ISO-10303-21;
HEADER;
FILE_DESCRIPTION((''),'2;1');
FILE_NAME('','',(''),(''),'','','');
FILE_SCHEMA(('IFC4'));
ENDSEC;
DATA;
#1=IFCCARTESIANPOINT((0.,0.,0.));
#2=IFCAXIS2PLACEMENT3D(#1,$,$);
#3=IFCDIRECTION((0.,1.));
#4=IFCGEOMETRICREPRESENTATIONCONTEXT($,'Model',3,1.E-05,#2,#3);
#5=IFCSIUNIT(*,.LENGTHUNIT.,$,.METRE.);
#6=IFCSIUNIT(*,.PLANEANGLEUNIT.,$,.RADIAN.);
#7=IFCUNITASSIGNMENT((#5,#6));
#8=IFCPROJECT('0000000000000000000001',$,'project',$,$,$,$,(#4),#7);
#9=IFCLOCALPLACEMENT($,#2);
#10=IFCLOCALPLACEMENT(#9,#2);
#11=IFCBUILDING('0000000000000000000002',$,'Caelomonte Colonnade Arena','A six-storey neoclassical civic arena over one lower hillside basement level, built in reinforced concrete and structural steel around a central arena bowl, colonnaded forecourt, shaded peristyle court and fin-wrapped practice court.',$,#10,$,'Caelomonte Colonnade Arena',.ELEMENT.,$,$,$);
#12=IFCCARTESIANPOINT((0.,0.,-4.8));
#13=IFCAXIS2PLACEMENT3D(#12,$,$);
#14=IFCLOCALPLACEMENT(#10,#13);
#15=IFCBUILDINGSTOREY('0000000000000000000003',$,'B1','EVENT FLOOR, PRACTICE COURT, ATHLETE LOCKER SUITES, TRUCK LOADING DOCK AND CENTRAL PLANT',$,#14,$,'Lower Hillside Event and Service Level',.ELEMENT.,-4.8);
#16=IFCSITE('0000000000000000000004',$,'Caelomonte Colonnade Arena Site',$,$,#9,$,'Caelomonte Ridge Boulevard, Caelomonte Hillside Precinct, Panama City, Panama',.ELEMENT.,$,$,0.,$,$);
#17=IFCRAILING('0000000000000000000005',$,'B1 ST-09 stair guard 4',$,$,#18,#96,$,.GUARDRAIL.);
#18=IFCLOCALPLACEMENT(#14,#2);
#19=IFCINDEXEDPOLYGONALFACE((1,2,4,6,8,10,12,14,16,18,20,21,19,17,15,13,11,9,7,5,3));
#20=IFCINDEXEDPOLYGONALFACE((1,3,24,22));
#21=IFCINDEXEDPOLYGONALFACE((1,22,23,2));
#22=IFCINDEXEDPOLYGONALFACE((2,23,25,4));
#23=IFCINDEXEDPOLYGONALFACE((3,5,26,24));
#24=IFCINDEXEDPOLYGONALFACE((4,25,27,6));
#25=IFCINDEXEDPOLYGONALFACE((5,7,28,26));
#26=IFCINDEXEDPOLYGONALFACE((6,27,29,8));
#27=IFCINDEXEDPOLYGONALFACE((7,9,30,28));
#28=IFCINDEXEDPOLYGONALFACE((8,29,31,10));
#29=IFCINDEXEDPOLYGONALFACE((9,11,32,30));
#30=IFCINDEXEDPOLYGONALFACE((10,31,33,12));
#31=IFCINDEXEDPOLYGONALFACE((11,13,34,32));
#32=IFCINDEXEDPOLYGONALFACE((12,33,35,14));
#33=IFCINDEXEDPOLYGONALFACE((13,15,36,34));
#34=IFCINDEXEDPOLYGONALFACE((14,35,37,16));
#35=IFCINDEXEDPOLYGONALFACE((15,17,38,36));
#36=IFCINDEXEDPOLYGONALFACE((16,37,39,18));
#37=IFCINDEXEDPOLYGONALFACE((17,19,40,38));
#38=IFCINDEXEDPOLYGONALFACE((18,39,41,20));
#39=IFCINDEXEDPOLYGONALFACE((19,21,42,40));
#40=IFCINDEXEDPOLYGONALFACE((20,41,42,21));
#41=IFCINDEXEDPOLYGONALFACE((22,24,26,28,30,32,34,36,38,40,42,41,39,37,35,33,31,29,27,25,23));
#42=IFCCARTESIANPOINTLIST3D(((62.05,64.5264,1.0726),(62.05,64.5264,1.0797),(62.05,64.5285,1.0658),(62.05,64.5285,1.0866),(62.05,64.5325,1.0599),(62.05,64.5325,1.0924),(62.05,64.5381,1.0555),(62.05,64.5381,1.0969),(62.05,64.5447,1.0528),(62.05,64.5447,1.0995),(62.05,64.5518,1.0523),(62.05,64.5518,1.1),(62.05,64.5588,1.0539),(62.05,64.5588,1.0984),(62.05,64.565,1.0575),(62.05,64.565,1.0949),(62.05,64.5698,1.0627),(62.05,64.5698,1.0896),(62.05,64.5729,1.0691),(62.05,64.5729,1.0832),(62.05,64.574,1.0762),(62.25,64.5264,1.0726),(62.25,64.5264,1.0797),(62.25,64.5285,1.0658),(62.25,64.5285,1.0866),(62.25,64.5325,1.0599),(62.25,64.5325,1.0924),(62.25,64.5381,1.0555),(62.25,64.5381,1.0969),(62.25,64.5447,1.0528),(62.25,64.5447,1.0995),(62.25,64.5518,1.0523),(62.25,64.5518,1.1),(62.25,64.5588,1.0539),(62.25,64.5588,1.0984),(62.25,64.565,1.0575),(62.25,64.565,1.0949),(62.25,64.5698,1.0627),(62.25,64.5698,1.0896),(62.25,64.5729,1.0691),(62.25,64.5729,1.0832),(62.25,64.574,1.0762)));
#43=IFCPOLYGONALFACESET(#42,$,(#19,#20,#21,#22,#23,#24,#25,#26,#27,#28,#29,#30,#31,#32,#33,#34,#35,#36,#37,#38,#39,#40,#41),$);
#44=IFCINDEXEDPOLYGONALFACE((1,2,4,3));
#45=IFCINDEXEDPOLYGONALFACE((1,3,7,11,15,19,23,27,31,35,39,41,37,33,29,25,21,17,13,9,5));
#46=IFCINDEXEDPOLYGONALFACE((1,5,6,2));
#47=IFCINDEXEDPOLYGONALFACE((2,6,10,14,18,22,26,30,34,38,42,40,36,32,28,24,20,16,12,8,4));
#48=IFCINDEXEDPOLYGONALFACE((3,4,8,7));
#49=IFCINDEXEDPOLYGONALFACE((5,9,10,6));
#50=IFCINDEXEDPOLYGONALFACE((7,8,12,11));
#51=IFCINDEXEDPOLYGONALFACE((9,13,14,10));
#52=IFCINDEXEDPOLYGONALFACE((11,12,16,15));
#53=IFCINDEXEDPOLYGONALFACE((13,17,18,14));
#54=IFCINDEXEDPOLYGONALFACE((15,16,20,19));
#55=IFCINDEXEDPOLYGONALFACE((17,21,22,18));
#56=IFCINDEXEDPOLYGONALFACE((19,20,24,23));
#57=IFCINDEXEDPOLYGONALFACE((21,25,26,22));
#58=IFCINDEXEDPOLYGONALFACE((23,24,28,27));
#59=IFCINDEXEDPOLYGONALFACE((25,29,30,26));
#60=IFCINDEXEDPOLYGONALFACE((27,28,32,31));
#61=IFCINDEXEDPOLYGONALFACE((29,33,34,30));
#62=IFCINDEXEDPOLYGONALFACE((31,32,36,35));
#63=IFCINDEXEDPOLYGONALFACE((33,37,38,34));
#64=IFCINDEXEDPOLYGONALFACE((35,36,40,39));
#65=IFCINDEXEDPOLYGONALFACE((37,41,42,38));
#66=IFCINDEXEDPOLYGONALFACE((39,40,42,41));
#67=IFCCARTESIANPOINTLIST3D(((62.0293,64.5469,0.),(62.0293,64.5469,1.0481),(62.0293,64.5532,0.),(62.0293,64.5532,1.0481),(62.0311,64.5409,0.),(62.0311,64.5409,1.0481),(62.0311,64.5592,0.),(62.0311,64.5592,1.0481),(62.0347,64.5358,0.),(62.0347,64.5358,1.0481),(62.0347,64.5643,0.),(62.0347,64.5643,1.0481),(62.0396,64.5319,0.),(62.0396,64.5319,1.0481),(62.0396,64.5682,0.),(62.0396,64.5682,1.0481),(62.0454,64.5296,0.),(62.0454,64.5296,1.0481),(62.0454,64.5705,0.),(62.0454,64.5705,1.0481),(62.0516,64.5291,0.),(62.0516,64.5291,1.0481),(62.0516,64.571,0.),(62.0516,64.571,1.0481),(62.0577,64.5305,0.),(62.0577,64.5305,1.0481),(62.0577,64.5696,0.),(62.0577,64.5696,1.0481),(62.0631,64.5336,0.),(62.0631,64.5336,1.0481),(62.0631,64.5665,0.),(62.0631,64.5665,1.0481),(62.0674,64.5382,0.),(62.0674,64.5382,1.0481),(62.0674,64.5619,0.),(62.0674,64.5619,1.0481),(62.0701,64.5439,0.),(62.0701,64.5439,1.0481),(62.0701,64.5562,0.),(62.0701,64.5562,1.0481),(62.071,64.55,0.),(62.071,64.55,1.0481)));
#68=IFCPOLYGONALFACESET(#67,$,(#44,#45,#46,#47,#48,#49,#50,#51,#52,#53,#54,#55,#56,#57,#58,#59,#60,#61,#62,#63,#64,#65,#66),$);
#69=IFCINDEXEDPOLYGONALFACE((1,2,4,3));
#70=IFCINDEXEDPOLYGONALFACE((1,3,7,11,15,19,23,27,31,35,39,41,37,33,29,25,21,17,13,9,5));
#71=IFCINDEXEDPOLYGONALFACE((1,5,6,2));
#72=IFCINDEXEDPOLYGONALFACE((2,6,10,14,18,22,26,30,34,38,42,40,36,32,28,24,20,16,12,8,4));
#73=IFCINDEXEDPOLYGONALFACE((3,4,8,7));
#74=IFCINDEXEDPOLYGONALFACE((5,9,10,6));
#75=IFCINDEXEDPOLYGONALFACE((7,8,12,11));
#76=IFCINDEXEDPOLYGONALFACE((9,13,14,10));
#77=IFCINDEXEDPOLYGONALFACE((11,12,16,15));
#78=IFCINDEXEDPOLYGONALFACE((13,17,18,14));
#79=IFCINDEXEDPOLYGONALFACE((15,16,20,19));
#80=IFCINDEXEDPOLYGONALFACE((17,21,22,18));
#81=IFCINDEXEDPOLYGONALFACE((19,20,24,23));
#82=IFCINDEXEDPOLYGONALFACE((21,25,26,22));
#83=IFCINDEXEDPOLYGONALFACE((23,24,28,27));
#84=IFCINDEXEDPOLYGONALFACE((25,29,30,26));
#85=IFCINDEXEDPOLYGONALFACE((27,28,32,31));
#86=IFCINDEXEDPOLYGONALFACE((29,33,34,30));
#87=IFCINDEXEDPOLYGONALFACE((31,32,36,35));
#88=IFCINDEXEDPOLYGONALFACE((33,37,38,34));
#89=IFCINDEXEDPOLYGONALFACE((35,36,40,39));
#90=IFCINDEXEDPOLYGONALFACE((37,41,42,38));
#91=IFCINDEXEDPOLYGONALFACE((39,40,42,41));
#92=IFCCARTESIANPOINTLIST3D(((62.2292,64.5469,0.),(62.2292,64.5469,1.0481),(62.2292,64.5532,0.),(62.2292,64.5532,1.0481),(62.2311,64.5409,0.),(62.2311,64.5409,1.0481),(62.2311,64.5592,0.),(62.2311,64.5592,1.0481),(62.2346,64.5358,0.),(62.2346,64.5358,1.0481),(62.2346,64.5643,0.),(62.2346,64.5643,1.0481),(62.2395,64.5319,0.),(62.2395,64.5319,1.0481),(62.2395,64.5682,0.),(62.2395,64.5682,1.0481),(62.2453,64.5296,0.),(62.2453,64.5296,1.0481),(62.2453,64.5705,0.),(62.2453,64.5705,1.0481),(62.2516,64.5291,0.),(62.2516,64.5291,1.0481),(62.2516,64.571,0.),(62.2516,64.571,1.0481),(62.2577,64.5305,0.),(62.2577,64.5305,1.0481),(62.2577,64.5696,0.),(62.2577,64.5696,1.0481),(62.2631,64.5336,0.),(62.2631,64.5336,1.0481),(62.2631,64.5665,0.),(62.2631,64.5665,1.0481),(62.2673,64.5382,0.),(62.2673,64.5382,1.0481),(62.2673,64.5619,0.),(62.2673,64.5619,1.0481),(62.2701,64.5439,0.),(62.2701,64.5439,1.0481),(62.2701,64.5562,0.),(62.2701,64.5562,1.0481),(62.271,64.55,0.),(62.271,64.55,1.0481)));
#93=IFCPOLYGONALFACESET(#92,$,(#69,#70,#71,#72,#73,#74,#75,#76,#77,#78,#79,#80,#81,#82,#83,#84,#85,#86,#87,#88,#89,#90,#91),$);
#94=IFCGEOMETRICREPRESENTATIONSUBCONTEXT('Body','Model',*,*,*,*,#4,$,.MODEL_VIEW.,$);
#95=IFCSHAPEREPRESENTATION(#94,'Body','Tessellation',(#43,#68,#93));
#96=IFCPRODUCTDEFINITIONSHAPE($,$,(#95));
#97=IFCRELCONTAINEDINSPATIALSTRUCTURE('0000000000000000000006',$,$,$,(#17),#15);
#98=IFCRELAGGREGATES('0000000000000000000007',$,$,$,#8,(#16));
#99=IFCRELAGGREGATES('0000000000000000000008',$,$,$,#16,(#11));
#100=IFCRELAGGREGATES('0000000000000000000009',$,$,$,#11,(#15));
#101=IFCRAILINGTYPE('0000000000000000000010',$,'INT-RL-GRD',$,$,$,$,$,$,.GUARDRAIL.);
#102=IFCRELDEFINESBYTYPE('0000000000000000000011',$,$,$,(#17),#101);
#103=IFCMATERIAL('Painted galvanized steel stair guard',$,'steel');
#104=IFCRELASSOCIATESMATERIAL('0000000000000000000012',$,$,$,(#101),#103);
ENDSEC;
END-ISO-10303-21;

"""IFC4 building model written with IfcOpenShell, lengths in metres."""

from ifc_helpers import new_model, si_unit, direction, frame, origin, origin_2d, place, context, subcontext, project, spatial, circle, extrude, material, type_object, element, save


model = new_model("IFC4")

# Units and contexts
model_context = context("Model", 3, precision=1e-05, world=origin(), true_north=direction((0.0, 1.0)))
body_context = subcontext(model_context, "Body", "Model", "MODEL_VIEW")
ifc_project = project(units=[si_unit("LENGTHUNIT", "METRE"), si_unit("PLANEANGLEUNIT", "RADIAN")], contexts=[model_context])

# Site, building, storey
site_placement = place(None, origin())
site = spatial("IfcSite", under=ifc_project, at=site_placement, Name="Caelomonte Colonnade Arena Site", LongName="Caelomonte Ridge Boulevard, Caelomonte Hillside Precinct, Panama City, Panama", CompositionType="ELEMENT", RefElevation=0.0)
building_placement = place(site_placement, origin())
building = spatial("IfcBuilding", under=site, at=building_placement, Name="Caelomonte Colonnade Arena", Description="A six-storey neoclassical civic arena over one lower hillside basement level, built in reinforced concrete and structural steel around a central arena bowl, colonnaded forecourt, shaded peristyle court and fin-wrapped practice court.", LongName="Caelomonte Colonnade Arena", CompositionType="ELEMENT")
storey_placement = place(building_placement, frame((0.0, 0.0, -4.8)))
storey = spatial("IfcBuildingStorey", under=building, at=storey_placement, Name="B1", Description="EVENT FLOOR, PRACTICE COURT, ATHLETE LOCKER SUITES, TRUCK LOADING DOCK AND CENTRAL PLANT", LongName="Lower Hillside Event and Service Level", CompositionType="ELEMENT", Elevation=-4.8)

# Railing
ifc_material_1 = material(Name="Painted galvanized steel stair guard", Category="steel")
railing_type_1 = type_object("IfcRailingType", Name="INT-RL-GRD", PredefinedType="GUARDRAIL", material=ifc_material_1)
railing_1_placement = place(storey_placement, frame((62.05, 64.55, 0.0)))
element("IfcRailing", 1, at=railing_1_placement, inside=storey, type_object=railing_type_1, Name="B1 ST-09 stair guard 4", PredefinedType="GUARDRAIL", context=body_context, shape_type="SweptSolid", body=[
    extrude(circle(Radius=0.0239, at=origin_2d()), frame((0.0, 0.0, 1.0762), z_axis=(1.0, 0.0, 0.0), x_axis=(0.0, 1.0, 0.0)), (0.0, 0.0, 1.0), 0.2),
    extrude(circle(Radius=0.021, at=origin_2d()), origin(), (0.0, 0.0, 1.0), 1.0481),
    extrude(circle(Radius=0.021, at=origin_2d()), frame((0.2, 0.0, 0.0)), (0.0, 0.0, 1.0), 1.0481),
])

save(model, "model.ifc")
